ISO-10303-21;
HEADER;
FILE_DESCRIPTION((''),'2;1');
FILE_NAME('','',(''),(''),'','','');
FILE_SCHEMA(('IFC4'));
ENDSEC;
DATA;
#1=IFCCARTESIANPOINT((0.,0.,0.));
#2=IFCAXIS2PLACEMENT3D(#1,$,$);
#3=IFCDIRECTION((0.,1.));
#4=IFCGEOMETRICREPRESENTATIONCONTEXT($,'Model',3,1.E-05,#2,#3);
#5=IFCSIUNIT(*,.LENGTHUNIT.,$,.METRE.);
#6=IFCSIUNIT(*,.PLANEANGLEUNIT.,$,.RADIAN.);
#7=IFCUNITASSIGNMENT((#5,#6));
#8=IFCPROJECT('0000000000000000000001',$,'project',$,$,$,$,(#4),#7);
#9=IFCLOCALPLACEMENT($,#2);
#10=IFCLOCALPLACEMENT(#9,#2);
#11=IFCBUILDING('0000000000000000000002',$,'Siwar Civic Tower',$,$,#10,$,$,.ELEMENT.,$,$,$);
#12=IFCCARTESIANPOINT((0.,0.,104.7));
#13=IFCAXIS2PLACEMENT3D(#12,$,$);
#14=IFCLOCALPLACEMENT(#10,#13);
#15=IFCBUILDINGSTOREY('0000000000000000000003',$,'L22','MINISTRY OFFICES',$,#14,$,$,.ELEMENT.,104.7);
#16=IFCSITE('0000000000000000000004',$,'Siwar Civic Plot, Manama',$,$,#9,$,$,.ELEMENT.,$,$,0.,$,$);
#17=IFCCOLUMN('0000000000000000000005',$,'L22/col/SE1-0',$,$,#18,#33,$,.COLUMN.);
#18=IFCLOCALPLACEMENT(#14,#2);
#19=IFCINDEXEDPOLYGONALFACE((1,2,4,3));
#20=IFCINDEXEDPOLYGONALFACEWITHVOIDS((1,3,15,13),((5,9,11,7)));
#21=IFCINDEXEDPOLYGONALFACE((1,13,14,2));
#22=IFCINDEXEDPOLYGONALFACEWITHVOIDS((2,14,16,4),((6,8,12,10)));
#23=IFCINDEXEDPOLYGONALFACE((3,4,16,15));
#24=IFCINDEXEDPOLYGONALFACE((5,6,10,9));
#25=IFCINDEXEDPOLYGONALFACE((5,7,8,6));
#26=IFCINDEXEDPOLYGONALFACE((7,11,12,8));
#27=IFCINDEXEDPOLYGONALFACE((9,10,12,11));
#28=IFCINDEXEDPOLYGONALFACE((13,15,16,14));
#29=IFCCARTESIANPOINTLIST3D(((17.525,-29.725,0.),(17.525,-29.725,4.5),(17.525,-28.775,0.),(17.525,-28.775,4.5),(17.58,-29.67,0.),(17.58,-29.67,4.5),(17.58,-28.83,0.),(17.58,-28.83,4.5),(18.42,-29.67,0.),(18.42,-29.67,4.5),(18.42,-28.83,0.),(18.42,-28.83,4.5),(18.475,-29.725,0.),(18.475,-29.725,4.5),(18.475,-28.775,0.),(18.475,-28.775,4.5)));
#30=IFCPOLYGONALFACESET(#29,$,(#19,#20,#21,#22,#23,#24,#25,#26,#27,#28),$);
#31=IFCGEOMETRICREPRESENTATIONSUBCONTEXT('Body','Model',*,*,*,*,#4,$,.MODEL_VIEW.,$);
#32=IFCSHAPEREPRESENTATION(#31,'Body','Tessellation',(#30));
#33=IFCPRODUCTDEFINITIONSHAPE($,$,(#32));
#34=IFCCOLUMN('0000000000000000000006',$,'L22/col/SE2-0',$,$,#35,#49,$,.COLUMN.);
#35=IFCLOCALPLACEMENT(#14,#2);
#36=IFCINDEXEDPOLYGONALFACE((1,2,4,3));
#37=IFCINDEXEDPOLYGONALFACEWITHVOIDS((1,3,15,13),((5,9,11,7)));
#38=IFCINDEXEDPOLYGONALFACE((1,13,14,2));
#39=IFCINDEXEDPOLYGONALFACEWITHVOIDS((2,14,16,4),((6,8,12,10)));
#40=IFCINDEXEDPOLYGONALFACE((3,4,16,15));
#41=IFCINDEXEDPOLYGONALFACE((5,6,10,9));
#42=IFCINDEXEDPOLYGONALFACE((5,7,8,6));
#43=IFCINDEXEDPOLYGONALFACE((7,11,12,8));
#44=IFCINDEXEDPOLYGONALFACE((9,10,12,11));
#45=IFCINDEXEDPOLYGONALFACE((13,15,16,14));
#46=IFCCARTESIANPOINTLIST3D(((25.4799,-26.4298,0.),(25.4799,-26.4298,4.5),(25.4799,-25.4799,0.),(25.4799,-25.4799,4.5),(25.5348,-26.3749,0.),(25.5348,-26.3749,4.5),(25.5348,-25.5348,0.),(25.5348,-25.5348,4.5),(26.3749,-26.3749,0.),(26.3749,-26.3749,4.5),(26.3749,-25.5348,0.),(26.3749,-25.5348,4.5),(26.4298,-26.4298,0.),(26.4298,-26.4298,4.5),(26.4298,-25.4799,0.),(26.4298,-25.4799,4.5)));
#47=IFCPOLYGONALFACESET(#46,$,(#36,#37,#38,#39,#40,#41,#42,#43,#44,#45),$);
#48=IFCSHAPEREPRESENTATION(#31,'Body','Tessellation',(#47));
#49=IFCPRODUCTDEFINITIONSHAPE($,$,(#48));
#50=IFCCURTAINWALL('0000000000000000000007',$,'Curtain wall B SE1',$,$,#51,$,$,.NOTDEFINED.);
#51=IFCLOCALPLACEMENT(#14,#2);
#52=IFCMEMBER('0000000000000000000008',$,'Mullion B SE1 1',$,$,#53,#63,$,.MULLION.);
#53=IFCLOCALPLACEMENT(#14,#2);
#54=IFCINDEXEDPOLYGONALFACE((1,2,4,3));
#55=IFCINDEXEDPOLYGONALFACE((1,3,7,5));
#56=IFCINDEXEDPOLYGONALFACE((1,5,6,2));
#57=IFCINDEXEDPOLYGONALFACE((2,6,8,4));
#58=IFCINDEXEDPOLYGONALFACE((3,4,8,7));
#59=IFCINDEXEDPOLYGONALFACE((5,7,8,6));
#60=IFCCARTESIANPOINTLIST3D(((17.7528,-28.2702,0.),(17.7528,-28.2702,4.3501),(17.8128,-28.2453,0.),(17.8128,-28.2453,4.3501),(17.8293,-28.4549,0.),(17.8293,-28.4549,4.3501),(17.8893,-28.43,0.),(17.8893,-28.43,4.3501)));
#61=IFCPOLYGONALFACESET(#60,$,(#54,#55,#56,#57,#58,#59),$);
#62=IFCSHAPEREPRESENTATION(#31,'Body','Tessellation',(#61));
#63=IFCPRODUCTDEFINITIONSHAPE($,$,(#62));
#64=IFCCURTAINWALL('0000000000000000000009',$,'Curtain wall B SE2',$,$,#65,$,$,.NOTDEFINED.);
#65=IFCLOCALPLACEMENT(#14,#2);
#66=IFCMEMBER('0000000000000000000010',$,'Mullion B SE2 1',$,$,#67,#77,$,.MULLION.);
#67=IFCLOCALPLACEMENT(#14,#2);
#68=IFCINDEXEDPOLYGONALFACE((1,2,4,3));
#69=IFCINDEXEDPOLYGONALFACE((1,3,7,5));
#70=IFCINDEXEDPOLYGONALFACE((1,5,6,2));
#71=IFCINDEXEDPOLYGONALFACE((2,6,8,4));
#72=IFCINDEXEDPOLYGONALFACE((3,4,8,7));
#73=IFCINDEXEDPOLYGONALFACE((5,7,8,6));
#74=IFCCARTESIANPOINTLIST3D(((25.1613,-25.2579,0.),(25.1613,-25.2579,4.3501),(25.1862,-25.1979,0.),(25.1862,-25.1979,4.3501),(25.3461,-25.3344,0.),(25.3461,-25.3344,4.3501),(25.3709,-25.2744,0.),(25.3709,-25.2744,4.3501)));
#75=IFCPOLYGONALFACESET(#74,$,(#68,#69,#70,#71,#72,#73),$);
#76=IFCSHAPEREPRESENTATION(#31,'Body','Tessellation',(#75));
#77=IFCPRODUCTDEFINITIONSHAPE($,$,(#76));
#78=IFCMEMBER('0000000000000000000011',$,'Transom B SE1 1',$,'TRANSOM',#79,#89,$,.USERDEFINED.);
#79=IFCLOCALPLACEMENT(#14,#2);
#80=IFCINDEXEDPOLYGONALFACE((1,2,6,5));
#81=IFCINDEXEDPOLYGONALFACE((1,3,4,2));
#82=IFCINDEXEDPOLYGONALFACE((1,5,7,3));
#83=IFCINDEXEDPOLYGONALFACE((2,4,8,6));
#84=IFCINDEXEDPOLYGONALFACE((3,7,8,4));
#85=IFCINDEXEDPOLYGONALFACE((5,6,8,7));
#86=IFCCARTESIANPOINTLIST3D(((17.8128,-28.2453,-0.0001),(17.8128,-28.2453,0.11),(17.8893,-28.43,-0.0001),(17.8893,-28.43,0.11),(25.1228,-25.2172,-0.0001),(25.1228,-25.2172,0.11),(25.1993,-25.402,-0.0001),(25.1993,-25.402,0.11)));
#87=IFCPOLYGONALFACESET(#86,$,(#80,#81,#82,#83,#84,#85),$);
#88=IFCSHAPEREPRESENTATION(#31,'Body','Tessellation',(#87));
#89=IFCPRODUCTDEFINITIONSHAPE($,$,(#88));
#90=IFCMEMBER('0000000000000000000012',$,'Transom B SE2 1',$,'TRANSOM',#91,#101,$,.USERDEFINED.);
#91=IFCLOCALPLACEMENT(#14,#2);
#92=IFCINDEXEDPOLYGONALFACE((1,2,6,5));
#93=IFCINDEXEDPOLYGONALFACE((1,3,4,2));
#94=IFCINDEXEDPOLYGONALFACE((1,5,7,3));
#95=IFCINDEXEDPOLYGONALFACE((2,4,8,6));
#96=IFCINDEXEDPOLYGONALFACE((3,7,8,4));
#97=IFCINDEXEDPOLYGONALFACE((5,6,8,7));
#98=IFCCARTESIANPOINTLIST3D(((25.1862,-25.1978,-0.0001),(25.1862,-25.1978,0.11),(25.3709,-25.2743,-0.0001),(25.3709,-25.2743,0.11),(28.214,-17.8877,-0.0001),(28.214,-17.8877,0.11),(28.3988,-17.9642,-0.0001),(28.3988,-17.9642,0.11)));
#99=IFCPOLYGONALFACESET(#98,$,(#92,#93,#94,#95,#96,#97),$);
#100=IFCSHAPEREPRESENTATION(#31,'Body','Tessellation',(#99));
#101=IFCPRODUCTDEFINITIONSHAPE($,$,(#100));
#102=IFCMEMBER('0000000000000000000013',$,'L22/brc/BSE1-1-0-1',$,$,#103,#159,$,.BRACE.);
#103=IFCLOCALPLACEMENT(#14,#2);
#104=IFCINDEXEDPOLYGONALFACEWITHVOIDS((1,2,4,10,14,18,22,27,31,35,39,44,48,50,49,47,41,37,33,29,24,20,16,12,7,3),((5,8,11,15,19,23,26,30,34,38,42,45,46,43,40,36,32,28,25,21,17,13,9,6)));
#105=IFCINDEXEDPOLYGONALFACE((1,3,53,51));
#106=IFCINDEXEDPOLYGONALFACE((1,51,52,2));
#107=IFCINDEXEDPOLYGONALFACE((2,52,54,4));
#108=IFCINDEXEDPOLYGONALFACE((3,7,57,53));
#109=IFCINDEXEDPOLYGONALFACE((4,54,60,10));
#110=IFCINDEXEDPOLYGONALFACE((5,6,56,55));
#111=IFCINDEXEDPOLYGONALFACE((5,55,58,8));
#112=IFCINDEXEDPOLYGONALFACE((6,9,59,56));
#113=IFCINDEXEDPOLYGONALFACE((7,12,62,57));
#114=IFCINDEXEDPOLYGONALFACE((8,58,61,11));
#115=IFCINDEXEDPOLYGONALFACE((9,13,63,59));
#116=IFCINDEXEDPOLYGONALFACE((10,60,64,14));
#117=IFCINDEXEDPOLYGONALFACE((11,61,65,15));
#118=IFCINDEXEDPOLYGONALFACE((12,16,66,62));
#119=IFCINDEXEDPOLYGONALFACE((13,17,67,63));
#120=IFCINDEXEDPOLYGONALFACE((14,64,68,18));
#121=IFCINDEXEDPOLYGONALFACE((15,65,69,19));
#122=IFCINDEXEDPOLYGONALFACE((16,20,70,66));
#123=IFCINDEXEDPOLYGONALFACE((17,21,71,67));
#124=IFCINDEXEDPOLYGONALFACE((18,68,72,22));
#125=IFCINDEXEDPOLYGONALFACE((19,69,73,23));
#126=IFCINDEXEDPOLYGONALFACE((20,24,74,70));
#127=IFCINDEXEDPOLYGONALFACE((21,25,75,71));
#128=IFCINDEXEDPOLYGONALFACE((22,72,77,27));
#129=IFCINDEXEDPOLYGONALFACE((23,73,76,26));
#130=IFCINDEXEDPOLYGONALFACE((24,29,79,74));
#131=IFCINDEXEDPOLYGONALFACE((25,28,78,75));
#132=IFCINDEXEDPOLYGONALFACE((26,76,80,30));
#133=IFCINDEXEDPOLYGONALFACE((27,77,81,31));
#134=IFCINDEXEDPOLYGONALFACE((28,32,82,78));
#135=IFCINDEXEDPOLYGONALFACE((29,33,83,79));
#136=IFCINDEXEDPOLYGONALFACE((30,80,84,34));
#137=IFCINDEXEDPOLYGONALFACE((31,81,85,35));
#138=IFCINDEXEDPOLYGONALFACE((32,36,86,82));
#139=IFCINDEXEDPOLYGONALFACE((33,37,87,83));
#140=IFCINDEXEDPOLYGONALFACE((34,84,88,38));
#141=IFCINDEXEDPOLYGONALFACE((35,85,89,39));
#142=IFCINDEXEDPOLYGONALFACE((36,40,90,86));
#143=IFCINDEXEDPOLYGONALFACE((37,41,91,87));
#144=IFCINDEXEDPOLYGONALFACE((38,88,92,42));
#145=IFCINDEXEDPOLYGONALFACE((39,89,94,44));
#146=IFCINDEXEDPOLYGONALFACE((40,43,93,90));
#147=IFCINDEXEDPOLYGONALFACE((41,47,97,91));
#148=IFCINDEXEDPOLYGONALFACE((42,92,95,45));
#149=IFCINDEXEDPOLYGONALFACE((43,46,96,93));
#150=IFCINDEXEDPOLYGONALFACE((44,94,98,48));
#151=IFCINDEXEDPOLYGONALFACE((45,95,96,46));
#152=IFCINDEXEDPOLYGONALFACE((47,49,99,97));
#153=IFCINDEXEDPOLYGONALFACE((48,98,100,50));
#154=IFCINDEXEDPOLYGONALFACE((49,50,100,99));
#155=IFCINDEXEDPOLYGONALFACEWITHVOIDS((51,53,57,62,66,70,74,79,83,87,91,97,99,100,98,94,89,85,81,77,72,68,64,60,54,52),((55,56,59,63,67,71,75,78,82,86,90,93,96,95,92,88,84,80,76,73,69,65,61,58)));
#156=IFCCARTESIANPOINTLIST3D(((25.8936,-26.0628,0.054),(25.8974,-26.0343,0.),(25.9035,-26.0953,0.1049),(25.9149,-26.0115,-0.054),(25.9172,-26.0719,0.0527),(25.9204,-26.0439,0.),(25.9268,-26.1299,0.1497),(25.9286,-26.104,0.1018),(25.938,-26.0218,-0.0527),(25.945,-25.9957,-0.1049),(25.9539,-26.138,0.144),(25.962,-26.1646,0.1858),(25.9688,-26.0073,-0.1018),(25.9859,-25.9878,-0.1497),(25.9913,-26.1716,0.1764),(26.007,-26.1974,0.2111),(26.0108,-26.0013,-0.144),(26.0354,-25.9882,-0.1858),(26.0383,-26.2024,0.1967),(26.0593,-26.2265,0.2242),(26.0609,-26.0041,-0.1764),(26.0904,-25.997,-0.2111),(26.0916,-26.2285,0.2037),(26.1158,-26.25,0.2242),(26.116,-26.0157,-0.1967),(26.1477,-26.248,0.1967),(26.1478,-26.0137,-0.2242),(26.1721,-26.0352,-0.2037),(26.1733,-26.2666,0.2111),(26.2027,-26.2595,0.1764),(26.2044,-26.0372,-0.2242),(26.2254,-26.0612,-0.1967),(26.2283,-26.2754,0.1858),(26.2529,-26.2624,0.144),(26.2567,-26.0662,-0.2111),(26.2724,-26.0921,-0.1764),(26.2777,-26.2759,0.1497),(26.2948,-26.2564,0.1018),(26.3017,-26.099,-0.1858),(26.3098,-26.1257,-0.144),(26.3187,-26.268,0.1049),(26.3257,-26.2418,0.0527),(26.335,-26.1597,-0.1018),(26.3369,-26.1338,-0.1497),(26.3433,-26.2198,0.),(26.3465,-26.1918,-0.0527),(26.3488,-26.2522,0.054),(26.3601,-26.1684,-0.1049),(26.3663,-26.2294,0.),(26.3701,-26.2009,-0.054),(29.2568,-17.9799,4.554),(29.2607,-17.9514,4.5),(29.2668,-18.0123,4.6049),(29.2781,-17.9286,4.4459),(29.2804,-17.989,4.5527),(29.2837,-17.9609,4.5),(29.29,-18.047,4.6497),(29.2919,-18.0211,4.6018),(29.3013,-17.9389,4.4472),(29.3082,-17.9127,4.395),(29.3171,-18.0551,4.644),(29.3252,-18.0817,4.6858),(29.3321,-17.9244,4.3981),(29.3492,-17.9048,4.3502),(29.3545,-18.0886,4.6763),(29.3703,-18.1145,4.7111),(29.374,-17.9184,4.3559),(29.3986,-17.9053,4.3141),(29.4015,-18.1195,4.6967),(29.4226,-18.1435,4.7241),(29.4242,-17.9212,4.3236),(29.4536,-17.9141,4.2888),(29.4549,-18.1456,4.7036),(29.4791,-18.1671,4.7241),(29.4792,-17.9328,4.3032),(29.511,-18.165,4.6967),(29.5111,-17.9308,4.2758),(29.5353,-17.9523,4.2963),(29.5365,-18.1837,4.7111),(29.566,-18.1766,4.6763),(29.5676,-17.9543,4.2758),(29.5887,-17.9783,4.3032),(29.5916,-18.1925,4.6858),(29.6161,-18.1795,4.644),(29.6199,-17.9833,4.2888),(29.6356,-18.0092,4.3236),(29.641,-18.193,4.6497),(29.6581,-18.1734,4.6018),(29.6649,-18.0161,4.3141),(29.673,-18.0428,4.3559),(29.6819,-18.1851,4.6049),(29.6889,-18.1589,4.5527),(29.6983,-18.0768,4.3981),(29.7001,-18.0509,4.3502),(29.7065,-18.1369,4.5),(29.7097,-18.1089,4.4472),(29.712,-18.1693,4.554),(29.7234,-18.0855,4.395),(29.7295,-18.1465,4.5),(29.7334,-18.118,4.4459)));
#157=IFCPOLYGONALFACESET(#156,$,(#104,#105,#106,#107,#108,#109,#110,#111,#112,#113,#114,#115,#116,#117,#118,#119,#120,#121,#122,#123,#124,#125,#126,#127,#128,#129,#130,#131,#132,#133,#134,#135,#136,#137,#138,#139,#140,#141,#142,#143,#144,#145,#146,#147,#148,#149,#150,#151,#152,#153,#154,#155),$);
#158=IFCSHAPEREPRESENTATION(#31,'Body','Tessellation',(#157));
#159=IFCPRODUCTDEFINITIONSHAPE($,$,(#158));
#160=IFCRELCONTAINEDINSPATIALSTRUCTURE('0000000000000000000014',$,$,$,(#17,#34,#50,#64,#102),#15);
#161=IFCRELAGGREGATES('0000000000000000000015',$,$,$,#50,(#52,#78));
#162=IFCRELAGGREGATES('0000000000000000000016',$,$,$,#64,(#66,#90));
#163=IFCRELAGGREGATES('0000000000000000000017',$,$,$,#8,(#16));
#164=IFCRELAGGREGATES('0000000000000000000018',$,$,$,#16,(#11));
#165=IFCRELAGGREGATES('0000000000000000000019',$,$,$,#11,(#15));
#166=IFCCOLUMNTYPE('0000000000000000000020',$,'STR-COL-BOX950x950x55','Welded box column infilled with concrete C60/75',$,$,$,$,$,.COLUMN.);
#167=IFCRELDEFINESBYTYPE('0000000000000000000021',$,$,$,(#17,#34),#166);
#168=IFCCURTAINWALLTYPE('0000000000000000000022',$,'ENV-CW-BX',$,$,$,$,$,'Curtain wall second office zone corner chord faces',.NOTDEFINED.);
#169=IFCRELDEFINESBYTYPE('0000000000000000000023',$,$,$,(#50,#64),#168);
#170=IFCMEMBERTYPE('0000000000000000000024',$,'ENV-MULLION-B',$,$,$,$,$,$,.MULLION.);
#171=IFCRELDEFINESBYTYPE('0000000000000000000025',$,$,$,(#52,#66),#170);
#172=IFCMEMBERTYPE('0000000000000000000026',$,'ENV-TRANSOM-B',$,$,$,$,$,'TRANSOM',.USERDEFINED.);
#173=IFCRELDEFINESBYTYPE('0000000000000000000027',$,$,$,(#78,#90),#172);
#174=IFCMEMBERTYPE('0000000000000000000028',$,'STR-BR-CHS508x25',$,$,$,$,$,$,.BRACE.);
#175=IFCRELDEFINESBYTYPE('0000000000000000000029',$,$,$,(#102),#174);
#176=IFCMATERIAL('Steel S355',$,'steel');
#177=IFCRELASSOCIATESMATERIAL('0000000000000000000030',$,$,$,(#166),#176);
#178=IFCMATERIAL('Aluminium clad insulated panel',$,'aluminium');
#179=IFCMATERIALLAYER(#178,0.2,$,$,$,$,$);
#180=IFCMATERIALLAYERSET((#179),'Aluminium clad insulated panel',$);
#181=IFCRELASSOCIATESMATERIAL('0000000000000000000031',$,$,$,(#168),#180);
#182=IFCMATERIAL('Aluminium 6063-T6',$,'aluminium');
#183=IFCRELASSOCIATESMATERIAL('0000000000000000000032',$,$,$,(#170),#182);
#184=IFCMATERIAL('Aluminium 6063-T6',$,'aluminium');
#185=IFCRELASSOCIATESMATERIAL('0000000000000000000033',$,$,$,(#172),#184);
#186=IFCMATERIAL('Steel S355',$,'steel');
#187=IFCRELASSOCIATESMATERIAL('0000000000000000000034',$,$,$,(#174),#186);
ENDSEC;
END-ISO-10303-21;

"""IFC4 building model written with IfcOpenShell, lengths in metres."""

from ifc_helpers import new_model, si_unit, direction, frame, origin, origin_2d, place, context, subcontext, project, spatial, rectangle, hollow_rectangle, hollow_circle, extrude, material, layer, layer_set, material_profile, profile_set, type_object, element, aggregate, save


model = new_model("IFC4")

# Units and contexts
model_context = context("Model", 3, precision=1e-05, world=origin(), true_north=direction((0.0, 1.0)))
body_context = subcontext(model_context, "Body", "Model", "MODEL_VIEW")
ifc_project = project(units=[si_unit("LENGTHUNIT", "METRE"), si_unit("PLANEANGLEUNIT", "RADIAN")], contexts=[model_context])

# Site, building, storey
site_placement = place(None, origin())
site = spatial("IfcSite", under=ifc_project, at=site_placement, Name="Siwar Civic Plot, Manama", CompositionType="ELEMENT", RefElevation=0.0)
building_placement = place(site_placement, origin())
building = spatial("IfcBuilding", under=site, at=building_placement, Name="Siwar Civic Tower", CompositionType="ELEMENT")
storey_placement = place(building_placement, frame((0.0, 0.0, 104.7)))
storey = spatial("IfcBuildingStorey", under=building, at=storey_placement, Name="L22", Description="MINISTRY OFFICES", CompositionType="ELEMENT", Elevation=104.7)

# Columns
ifc_material_1 = material(Name="Steel S355", Category="steel")
ifc_material_profile_1 = material_profile(ifc_material_1, hollow_rectangle(XDim=0.95, YDim=0.95, WallThickness=0.0549, at=origin_2d()), Name="BOX950x950x55")
ifc_profile_set_1 = profile_set([ifc_material_profile_1], Name="Steel S355")
column_type = type_object("IfcColumnType", Name="STR-COL-BOX950x950x55", Description="Welded box column infilled with concrete C60/75", PredefinedType="COLUMN", material=ifc_profile_set_1)
for number, where, z_axis, x_axis, name in (
    (1, (18.0, -29.25, 0.0), (0.0, 0.0, 1.0), (1.0, 0.0, 0.0), "L22/col/SE1-0"),
    (2, (25.9548, -25.9548, 0.0), (0.0, 0.0, 1.0), (1.0, 0.0, 0.0), "L22/col/SE2-0"),
):
    element("IfcColumn", number, at=place(storey_placement, frame(where, z_axis=z_axis, x_axis=x_axis)), inside=storey, type_object=column_type, Name=name, PredefinedType="COLUMN", context=body_context, shape_type="SweptSolid", body=[
        extrude(hollow_rectangle(XDim=0.95, YDim=0.95, WallThickness=0.0549, at=origin_2d()), origin(), (0.0, 0.0, 1.0), 4.5),
    ])

# Curtain walls, members
ifc_material_2 = material(Name="Aluminium clad insulated panel", Category="aluminium")
ifc_layer_1 = layer(ifc_material_2, 0.2)
ifc_layer_set_1 = layer_set([ifc_layer_1], Name="Aluminium clad insulated panel")
curtain_wall_type = type_object("IfcCurtainWallType", Name="ENV-CW-BX", ElementType="Curtain wall second office zone corner chord faces", PredefinedType="NOTDEFINED", material=ifc_layer_set_1)
curtain_wall_1_placement = place(storey_placement, origin())
curtain_wall_1 = element("IfcCurtainWall", 3, at=curtain_wall_1_placement, inside=storey, type_object=curtain_wall_type, Name="Curtain wall B SE1", PredefinedType="NOTDEFINED")
ifc_material_3 = material(Name="Aluminium 6063-T6", Category="aluminium")
ifc_material_profile_2 = material_profile(ifc_material_3, rectangle(XDim=0.2, YDim=0.0649, at=origin_2d()), Name="AL 200x65")
ifc_profile_set_2 = profile_set([ifc_material_profile_2], Name="Aluminium 6063-T6")
member_type_1 = type_object("IfcMemberType", Name="ENV-MULLION-B", PredefinedType="MULLION", material=ifc_profile_set_2)
member_1_placement = place(storey_placement, frame((17.821, -28.3501, 0.0), z_axis=(0.0, 0.0, 1.0), x_axis=(-0.382683, 0.92388, 0.0)))
member_1 = element("IfcMember", 4, at=member_1_placement, type_object=member_type_1, Name="Mullion B SE1 1", PredefinedType="MULLION", context=body_context, shape_type="SweptSolid", body=[
    extrude(rectangle(XDim=0.2, YDim=0.0649, at=origin_2d()), origin(), (0.0, 0.0, 1.0), 4.3501),
])
curtain_wall_2_placement = place(storey_placement, origin())
curtain_wall_2 = element("IfcCurtainWall", 5, at=curtain_wall_2_placement, inside=storey, type_object=curtain_wall_type, Name="Curtain wall B SE2", PredefinedType="NOTDEFINED")
member_2_placement = place(storey_placement, frame((25.2661, -25.2661, 0.0), z_axis=(0.0, 0.0, 1.0), x_axis=(-0.92388, 0.382683, 0.0)))
member_2 = element("IfcMember", 6, at=member_2_placement, type_object=member_type_1, Name="Mullion B SE2 1", PredefinedType="MULLION", context=body_context, shape_type="SweptSolid", body=[
    extrude(rectangle(XDim=0.2, YDim=0.0649, at=origin_2d()), origin(), (0.0, 0.0, 1.0), 4.3501),
])

# Members
ifc_material_4 = material(Name="Aluminium 6063-T6", Category="aluminium")
ifc_material_profile_3 = material_profile(ifc_material_4, rectangle(XDim=0.2, YDim=0.1101, at=origin_2d()), Name="AL 200x110")
ifc_profile_set_3 = profile_set([ifc_material_profile_3], Name="Aluminium 6063-T6")
member_type_2 = type_object("IfcMemberType", Name="ENV-TRANSOM-B", ElementType="TRANSOM", PredefinedType="USERDEFINED", material=ifc_profile_set_3)
member_3_placement = place(storey_placement, frame((17.8511, -28.3376, 0.0549), z_axis=(0.923873, 0.3827, 0.0), x_axis=(-0.3827, 0.923873, 0.0)))
member_3 = element("IfcMember", 7, at=member_3_placement, type_object=member_type_2, Name="Transom B SE1 1", ObjectType="TRANSOM", PredefinedType="USERDEFINED", context=body_context, shape_type="SweptSolid", body=[
    extrude(rectangle(XDim=0.2, YDim=0.1101, at=origin_2d()), origin(), (0.0, 0.0, 1.0), 7.9124),
])
member_4_placement = place(storey_placement, frame((25.2786, -25.2361, 0.0549), z_axis=(0.382673, 0.923884, 0.0), x_axis=(-0.923884, 0.382673, 0.0)))
member_4 = element("IfcMember", 8, at=member_4_placement, type_object=member_type_2, Name="Transom B SE2 1", ObjectType="TRANSOM", PredefinedType="USERDEFINED", context=body_context, shape_type="SweptSolid", body=[
    extrude(rectangle(XDim=0.2, YDim=0.1101, at=origin_2d()), origin(), (0.0, 0.0, 1.0), 7.9124),
])

# Member
ifc_material_5 = material(Name="Steel S355", Category="steel")
ifc_material_profile_4 = material_profile(ifc_material_5, hollow_circle(Radius=0.2539, WallThickness=0.0249, at=origin_2d()), Name="CHS508x25")
ifc_profile_set_4 = profile_set([ifc_material_profile_4], Name="Steel S355")
member_type_3 = type_object("IfcMemberType", Name="STR-BR-CHS508x25", PredefinedType="BRACE", material=ifc_profile_set_4)
member_5_placement = place(storey_placement, frame((26.1318, -26.1318, 0.0), z_axis=(0.341671, 0.821143, 0.457149), x_axis=(-0.923265, 0.384164, 0.0)))
element("IfcMember", 9, at=member_5_placement, inside=storey, type_object=member_type_3, Name="L22/brc/BSE1-1-0-1", PredefinedType="BRACE", context=body_context, shape_type="SweptSolid", body=[
    extrude(hollow_circle(Radius=0.2539, WallThickness=0.0249, at=origin_2d()), origin(), (0.0, 0.0, 1.0), 9.8435),
])

aggregate(curtain_wall_1, [member_1, member_3])
aggregate(curtain_wall_2, [member_2, member_4])

save(model, "model.ifc")
